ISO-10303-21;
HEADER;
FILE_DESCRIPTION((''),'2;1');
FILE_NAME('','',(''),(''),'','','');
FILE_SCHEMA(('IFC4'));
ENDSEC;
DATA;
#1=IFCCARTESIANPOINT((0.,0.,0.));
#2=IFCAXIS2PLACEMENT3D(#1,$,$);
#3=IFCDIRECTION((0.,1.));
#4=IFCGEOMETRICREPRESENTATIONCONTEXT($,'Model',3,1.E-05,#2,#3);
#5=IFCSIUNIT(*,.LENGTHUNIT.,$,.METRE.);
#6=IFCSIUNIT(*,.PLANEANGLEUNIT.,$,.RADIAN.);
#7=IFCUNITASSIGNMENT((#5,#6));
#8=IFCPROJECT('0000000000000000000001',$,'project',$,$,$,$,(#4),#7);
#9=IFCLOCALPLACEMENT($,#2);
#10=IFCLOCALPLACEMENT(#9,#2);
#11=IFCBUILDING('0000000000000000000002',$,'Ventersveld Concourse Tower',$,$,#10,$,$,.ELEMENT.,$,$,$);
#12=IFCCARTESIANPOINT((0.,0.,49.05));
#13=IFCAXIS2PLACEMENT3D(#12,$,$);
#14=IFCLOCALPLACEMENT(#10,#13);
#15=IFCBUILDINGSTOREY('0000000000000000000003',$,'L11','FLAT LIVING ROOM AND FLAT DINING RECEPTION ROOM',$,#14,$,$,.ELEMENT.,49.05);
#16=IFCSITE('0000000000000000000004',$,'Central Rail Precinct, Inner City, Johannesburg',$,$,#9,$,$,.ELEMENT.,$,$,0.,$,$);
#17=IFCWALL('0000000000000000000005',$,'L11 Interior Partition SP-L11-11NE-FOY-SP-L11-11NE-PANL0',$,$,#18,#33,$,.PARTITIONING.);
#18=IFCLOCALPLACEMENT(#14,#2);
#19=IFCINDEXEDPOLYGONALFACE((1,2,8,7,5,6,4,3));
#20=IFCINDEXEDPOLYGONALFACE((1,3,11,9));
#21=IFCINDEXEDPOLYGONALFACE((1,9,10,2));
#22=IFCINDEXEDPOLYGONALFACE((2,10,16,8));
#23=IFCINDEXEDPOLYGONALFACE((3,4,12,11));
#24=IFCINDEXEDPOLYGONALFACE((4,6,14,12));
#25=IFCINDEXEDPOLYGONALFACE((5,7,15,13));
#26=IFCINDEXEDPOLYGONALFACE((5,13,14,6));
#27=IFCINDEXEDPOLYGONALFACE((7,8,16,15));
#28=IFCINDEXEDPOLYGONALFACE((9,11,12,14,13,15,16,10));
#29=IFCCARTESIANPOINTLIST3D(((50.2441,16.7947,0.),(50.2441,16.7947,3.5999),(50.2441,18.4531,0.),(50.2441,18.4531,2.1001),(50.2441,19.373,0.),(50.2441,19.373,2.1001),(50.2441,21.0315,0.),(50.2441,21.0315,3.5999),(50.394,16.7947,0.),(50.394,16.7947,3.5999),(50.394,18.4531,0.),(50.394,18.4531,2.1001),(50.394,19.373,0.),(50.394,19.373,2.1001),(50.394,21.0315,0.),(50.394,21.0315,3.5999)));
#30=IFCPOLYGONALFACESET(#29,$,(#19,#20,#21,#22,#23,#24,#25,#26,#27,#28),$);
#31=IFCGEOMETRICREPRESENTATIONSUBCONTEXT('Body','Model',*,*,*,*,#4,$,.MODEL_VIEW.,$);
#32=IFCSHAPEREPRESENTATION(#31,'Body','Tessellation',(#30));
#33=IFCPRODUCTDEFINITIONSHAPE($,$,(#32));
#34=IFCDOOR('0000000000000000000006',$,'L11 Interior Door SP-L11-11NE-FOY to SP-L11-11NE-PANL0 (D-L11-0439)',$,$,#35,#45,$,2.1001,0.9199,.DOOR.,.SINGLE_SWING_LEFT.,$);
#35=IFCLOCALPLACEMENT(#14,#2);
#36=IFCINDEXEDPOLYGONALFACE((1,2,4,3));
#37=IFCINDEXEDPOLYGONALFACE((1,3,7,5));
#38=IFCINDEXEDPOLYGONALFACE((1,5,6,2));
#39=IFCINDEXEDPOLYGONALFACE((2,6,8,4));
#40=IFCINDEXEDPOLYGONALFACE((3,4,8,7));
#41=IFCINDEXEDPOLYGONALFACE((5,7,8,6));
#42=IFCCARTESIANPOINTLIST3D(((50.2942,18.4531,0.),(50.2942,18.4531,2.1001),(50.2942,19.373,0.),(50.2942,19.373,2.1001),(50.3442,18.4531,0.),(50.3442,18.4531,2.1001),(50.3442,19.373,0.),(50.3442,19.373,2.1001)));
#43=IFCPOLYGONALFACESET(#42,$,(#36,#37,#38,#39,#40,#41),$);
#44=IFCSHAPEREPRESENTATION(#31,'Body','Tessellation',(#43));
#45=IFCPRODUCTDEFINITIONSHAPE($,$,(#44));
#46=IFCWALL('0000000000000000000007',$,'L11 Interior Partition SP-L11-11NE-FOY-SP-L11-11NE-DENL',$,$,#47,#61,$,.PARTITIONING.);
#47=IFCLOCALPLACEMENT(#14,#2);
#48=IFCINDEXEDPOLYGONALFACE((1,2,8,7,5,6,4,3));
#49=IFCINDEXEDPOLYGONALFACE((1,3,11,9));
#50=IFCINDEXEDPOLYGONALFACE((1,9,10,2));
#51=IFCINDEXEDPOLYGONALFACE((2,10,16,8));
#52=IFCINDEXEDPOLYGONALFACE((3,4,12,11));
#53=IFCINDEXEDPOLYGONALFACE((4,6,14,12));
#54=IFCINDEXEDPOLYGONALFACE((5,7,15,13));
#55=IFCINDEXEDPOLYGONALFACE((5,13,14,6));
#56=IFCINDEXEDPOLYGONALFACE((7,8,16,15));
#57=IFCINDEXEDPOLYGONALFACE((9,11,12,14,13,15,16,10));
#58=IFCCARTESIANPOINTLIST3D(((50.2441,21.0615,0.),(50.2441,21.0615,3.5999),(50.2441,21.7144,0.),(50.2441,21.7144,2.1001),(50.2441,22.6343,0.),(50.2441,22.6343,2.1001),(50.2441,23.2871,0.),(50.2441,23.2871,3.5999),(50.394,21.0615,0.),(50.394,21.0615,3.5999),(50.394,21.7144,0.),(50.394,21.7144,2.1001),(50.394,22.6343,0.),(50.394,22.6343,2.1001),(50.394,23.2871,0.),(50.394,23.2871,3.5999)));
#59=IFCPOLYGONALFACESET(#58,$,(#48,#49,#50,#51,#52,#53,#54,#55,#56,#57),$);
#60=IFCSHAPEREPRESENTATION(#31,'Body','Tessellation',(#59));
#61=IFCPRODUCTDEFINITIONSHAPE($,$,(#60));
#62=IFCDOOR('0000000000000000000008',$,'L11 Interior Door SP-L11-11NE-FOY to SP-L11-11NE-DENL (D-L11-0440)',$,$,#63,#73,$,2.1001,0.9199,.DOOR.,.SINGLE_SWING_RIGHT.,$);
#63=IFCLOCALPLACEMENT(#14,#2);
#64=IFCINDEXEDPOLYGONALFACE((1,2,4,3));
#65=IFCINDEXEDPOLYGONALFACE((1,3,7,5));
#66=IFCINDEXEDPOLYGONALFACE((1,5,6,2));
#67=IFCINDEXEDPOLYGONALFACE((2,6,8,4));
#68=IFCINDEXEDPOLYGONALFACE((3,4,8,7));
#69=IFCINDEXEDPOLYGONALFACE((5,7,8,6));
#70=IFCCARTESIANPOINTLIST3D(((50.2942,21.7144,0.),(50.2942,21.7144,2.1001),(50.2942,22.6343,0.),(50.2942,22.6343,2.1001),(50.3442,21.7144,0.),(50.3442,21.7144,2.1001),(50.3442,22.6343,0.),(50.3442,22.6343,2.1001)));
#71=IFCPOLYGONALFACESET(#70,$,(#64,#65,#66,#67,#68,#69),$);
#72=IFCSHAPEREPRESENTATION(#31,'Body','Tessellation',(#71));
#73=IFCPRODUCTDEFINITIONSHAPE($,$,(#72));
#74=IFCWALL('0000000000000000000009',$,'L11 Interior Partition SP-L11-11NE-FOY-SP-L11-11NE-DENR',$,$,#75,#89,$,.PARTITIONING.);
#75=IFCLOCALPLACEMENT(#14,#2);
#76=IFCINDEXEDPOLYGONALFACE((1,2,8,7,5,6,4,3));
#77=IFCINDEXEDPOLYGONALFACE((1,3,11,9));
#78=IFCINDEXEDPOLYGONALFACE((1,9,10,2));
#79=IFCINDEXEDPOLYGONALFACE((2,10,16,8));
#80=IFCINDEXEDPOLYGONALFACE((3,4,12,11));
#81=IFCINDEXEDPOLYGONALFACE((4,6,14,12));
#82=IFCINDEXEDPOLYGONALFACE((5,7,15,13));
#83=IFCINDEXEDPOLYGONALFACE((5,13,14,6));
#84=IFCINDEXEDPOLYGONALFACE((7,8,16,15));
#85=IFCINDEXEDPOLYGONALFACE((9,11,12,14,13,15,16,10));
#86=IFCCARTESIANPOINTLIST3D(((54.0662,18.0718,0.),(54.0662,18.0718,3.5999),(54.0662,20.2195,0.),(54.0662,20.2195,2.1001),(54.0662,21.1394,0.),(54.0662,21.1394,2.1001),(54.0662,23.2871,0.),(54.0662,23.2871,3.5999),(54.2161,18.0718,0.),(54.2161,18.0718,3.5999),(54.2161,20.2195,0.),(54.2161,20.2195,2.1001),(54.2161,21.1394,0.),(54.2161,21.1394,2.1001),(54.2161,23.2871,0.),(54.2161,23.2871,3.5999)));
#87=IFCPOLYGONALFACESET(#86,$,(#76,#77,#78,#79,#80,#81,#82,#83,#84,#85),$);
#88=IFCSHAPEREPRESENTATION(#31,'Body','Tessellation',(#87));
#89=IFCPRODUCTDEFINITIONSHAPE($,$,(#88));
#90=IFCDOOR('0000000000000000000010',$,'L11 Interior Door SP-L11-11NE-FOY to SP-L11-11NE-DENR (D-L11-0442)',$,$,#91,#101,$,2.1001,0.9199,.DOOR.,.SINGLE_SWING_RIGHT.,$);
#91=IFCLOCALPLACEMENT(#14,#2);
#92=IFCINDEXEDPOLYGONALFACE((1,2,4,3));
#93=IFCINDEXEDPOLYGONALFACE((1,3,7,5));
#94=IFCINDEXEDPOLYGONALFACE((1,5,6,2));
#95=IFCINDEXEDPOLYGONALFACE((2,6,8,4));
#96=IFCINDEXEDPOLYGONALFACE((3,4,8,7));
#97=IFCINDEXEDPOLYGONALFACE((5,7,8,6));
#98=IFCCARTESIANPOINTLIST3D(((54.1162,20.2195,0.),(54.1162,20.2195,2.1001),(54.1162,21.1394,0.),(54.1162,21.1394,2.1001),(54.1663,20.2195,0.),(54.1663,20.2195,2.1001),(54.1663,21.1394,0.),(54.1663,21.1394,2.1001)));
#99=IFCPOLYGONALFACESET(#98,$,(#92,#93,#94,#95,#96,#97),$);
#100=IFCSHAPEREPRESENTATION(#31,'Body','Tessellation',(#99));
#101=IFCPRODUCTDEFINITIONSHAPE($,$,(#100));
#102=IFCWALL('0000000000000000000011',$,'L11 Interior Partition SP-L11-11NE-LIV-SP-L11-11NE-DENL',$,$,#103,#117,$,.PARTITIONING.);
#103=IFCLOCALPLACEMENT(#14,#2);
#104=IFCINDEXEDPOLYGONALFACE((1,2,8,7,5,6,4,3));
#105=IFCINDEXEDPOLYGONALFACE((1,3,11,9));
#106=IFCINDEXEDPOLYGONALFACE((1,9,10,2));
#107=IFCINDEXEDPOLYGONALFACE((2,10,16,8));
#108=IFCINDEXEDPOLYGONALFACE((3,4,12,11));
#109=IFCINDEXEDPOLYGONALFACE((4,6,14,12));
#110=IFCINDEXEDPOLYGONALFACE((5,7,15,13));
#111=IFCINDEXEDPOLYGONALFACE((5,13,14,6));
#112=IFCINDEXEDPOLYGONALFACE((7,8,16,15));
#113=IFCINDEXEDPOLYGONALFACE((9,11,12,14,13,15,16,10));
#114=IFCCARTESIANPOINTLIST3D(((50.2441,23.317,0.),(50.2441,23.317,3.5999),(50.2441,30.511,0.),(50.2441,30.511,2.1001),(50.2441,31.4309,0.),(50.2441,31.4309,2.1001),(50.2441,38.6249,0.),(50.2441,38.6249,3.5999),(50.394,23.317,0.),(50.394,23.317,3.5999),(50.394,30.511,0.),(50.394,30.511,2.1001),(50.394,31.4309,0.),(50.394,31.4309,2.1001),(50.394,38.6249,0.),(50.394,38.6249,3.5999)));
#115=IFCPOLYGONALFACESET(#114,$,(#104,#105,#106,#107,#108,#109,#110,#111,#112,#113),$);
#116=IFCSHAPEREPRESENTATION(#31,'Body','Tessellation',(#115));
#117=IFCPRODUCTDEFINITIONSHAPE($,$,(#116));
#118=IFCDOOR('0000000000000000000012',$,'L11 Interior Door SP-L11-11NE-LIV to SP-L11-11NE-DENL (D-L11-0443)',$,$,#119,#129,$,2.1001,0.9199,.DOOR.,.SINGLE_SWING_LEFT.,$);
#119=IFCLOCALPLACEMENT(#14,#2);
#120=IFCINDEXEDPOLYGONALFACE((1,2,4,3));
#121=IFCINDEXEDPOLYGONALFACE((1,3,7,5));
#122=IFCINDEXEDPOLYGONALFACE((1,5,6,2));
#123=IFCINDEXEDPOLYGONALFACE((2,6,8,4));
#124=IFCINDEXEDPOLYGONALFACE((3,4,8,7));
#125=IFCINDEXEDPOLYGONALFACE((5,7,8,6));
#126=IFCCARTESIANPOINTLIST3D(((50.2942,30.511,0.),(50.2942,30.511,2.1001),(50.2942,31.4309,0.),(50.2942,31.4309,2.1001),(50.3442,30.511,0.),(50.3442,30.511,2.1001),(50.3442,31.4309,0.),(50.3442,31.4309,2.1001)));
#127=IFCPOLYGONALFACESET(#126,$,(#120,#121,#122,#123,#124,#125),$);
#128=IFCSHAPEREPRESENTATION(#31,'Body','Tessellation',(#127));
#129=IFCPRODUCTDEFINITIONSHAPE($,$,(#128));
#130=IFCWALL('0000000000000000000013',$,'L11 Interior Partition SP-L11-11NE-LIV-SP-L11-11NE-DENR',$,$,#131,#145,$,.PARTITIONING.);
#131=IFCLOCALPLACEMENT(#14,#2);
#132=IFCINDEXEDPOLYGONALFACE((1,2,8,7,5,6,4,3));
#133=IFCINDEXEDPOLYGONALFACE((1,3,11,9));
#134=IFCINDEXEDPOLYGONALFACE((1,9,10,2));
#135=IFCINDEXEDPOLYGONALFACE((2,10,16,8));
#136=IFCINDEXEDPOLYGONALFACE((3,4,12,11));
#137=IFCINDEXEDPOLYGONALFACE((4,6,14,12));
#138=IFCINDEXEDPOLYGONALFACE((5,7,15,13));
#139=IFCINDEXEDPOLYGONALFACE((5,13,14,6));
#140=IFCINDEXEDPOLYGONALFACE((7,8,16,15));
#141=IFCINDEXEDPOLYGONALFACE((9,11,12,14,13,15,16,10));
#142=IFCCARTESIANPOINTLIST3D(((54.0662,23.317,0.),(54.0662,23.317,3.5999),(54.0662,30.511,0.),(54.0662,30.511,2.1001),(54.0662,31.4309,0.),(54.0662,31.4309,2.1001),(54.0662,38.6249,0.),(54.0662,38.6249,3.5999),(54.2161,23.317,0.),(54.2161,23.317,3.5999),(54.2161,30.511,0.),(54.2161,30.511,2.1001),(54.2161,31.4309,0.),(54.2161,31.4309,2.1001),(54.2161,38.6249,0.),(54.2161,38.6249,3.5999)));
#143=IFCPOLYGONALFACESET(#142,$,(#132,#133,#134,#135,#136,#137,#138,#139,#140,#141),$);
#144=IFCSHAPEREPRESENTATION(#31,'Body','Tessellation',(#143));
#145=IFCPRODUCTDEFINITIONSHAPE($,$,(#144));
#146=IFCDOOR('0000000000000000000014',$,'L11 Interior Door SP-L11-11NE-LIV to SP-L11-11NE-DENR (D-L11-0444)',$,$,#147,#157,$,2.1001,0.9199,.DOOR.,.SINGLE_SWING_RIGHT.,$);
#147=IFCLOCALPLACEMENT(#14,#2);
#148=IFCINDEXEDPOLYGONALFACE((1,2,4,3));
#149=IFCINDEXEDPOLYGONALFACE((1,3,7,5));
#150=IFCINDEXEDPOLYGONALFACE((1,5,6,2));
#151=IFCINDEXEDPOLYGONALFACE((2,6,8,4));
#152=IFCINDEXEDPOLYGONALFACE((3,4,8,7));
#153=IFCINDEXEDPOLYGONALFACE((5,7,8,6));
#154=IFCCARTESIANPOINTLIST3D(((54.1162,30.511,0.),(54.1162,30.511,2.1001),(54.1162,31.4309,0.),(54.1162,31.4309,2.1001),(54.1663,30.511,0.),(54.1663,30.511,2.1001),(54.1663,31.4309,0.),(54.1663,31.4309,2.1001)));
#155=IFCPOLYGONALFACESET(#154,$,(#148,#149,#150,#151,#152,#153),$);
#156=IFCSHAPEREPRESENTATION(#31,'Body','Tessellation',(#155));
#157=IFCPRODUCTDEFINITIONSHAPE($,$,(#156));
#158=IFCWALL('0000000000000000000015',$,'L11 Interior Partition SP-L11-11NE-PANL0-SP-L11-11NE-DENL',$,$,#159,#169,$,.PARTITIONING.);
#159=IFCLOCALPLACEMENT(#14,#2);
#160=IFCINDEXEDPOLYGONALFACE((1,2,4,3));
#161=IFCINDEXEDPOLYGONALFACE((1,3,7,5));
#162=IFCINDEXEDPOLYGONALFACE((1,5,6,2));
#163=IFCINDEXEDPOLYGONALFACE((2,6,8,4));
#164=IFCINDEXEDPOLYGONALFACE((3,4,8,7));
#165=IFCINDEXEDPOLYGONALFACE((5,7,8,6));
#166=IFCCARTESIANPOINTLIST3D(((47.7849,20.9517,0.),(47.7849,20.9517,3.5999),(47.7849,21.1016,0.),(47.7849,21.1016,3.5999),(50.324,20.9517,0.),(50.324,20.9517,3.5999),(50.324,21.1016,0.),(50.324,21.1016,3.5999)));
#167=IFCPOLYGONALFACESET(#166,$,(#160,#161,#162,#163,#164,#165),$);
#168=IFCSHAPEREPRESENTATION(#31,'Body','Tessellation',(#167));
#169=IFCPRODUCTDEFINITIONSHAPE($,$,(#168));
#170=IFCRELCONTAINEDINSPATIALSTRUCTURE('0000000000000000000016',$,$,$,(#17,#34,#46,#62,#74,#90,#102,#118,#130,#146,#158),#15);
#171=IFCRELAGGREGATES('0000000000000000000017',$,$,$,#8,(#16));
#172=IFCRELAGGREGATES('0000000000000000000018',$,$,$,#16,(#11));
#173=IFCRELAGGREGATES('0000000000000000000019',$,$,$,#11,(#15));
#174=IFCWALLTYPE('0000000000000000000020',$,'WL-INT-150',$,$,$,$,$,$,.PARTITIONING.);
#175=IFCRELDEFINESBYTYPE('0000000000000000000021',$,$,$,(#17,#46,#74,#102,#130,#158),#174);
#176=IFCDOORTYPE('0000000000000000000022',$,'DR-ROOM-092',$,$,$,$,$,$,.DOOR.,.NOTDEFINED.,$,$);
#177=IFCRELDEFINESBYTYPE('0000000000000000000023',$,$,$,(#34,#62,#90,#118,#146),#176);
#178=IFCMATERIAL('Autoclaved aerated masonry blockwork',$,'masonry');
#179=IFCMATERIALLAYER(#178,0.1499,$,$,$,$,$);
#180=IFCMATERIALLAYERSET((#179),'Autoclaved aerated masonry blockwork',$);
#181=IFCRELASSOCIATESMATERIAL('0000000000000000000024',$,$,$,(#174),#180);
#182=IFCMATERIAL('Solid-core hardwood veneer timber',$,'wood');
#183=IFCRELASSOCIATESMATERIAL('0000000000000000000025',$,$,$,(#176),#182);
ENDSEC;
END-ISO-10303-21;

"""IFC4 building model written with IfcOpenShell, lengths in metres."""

from ifc_helpers import new_model, si_unit, direction, frame, frame_2d, origin, place, context, subcontext, project, spatial, rectangle, extrude, material, layer, layer_set, type_object, element, fill, save


model = new_model("IFC4")

# Units and contexts
model_context = context("Model", 3, precision=1e-05, world=origin(), true_north=direction((0.0, 1.0)))
body_context = subcontext(model_context, "Body", "Model", "MODEL_VIEW")
ifc_project = project(units=[si_unit("LENGTHUNIT", "METRE"), si_unit("PLANEANGLEUNIT", "RADIAN")], contexts=[model_context])

# Site, building, storey
site_placement = place(None, origin())
site = spatial("IfcSite", under=ifc_project, at=site_placement, Name="Central Rail Precinct, Inner City, Johannesburg", CompositionType="ELEMENT", RefElevation=0.0)
building_placement = place(site_placement, origin())
building = spatial("IfcBuilding", under=site, at=building_placement, Name="Ventersveld Concourse Tower", CompositionType="ELEMENT")
storey_placement = place(building_placement, frame((0.0, 0.0, 49.05)))
storey = spatial("IfcBuildingStorey", under=building, at=storey_placement, Name="L11", Description="FLAT LIVING ROOM AND FLAT DINING RECEPTION ROOM", CompositionType="ELEMENT", Elevation=49.05)

# Walls, openings, doors
ifc_material_1 = material(Name="Autoclaved aerated masonry blockwork", Category="masonry")
ifc_layer_1 = layer(ifc_material_1, 0.1499)
ifc_layer_set_1 = layer_set([ifc_layer_1], Name="Autoclaved aerated masonry blockwork")
wall_type_1 = type_object("IfcWallType", Name="WL-INT-150", PredefinedType="PARTITIONING", material=ifc_layer_set_1)
ifc_material_2 = material(Name="Solid-core hardwood veneer timber", Category="wood")
door_type = type_object("IfcDoorType", Name="DR-ROOM-092", OperationType="NOTDEFINED", PredefinedType="DOOR", material=ifc_material_2)
wall_1_placement = place(storey_placement, frame((50.3191, 16.7947, 0.0), z_axis=(0.0, 0.0, 1.0), x_axis=(0.0, 1.0, 0.0)))
wall_1 = element("IfcWall", 1, at=wall_1_placement, inside=storey, type_object=wall_type_1, Name="L11 Interior Partition SP-L11-11NE-FOY-SP-L11-11NE-PANL0", PredefinedType="PARTITIONING", context=body_context, shape_type="SweptSolid", body=[
    extrude(rectangle(XDim=4.2368, YDim=0.1499, at=frame_2d((2.1184, 0.0))), origin(), (0.0, 0.0, 1.0), 3.5999),
])
opening_1_placement = place(wall_1_placement, frame((1.6584, 0.0, 0.0)))
opening_1 = element("IfcOpeningElement", 2, at=opening_1_placement, cuts=wall_1, PredefinedType="OPENING", context=body_context, shape_type="SweptSolid", body=[
    extrude(rectangle(XDim=0.9199, YDim=2.1001, at=frame_2d((0.46, 1.05))), frame((0.0, 0.085, 0.0), z_axis=(0.0, -1.0, 0.0), x_axis=(1.0, 0.0, 0.0)), (0.0, 0.0, 1.0), 0.1699),
])
door_1_placement = place(opening_1_placement, origin())
door_1 = element("IfcDoor", 3, at=door_1_placement, inside=storey, type_object=door_type, Name="L11 Interior Door SP-L11-11NE-FOY to SP-L11-11NE-PANL0 (D-L11-0439)", OperationType="SINGLE_SWING_LEFT", OverallHeight=2.1001, OverallWidth=0.9199, PredefinedType="DOOR", context=body_context, shape_type="SweptSolid", body=[
    extrude(rectangle(XDim=0.9199, YDim=2.1001, at=frame_2d((0.46, 1.05))), frame((0.0, 0.0249, 0.0), z_axis=(0.0, -1.0, 0.0), x_axis=(1.0, 0.0, 0.0)), (0.0, 0.0, 1.0), 0.05),
])
fill(opening_1, door_1)
wall_2_placement = place(storey_placement, frame((50.3191, 21.0615, 0.0), z_axis=(0.0, 0.0, 1.0), x_axis=(0.0, 1.0, 0.0)))
wall_2 = element("IfcWall", 4, at=wall_2_placement, inside=storey, type_object=wall_type_1, Name="L11 Interior Partition SP-L11-11NE-FOY-SP-L11-11NE-DENL", PredefinedType="PARTITIONING", context=body_context, shape_type="SweptSolid", body=[
    extrude(rectangle(XDim=2.2256, YDim=0.1499, at=frame_2d((1.1128, 0.0))), origin(), (0.0, 0.0, 1.0), 3.5999),
])
opening_2_placement = place(wall_2_placement, frame((0.6528, 0.0, 0.0)))
opening_2 = element("IfcOpeningElement", 5, at=opening_2_placement, cuts=wall_2, PredefinedType="OPENING", context=body_context, shape_type="SweptSolid", body=[
    extrude(rectangle(XDim=0.9199, YDim=2.1001, at=frame_2d((0.46, 1.05))), frame((0.0, 0.085, 0.0), z_axis=(0.0, -1.0, 0.0), x_axis=(1.0, 0.0, 0.0)), (0.0, 0.0, 1.0), 0.1699),
])
door_2_placement = place(opening_2_placement, origin())
door_2 = element("IfcDoor", 6, at=door_2_placement, inside=storey, type_object=door_type, Name="L11 Interior Door SP-L11-11NE-FOY to SP-L11-11NE-DENL (D-L11-0440)", OperationType="SINGLE_SWING_RIGHT", OverallHeight=2.1001, OverallWidth=0.9199, PredefinedType="DOOR", context=body_context, shape_type="SweptSolid", body=[
    extrude(rectangle(XDim=0.9199, YDim=2.1001, at=frame_2d((0.46, 1.05))), frame((0.0, 0.0249, 0.0), z_axis=(0.0, -1.0, 0.0), x_axis=(1.0, 0.0, 0.0)), (0.0, 0.0, 1.0), 0.05),
])
fill(opening_2, door_2)
wall_3_placement = place(storey_placement, frame((54.1411, 18.0718, 0.0), z_axis=(0.0, 0.0, 1.0), x_axis=(0.0, 1.0, 0.0)))
wall_3 = element("IfcWall", 7, at=wall_3_placement, inside=storey, type_object=wall_type_1, Name="L11 Interior Partition SP-L11-11NE-FOY-SP-L11-11NE-DENR", PredefinedType="PARTITIONING", context=body_context, shape_type="SweptSolid", body=[
    extrude(rectangle(XDim=5.2153, YDim=0.1499, at=frame_2d((2.6077, 0.0))), origin(), (0.0, 0.0, 1.0), 3.5999),
])
opening_3_placement = place(wall_3_placement, frame((2.1477, 0.0, 0.0)))
opening_3 = element("IfcOpeningElement", 8, at=opening_3_placement, cuts=wall_3, PredefinedType="OPENING", context=body_context, shape_type="SweptSolid", body=[
    extrude(rectangle(XDim=0.9199, YDim=2.1001, at=frame_2d((0.46, 1.05))), frame((0.0, 0.085, 0.0), z_axis=(0.0, -1.0, 0.0), x_axis=(1.0, 0.0, 0.0)), (0.0, 0.0, 1.0), 0.1699),
])
door_3_placement = place(opening_3_placement, origin())
door_3 = element("IfcDoor", 9, at=door_3_placement, inside=storey, type_object=door_type, Name="L11 Interior Door SP-L11-11NE-FOY to SP-L11-11NE-DENR (D-L11-0442)", OperationType="SINGLE_SWING_RIGHT", OverallHeight=2.1001, OverallWidth=0.9199, PredefinedType="DOOR", context=body_context, shape_type="SweptSolid", body=[
    extrude(rectangle(XDim=0.9199, YDim=2.1001, at=frame_2d((0.46, 1.05))), frame((0.0, 0.0249, 0.0), z_axis=(0.0, -1.0, 0.0), x_axis=(1.0, 0.0, 0.0)), (0.0, 0.0, 1.0), 0.05),
])
fill(opening_3, door_3)
wall_4_placement = place(storey_placement, frame((50.3191, 23.3171, 0.0), z_axis=(0.0, 0.0, 1.0), x_axis=(0.0, 1.0, 0.0)))
wall_4 = element("IfcWall", 10, at=wall_4_placement, inside=storey, type_object=wall_type_1, Name="L11 Interior Partition SP-L11-11NE-LIV-SP-L11-11NE-DENL", PredefinedType="PARTITIONING", context=body_context, shape_type="SweptSolid", body=[
    extrude(rectangle(XDim=15.3079, YDim=0.1499, at=frame_2d((7.6538, 0.0))), origin(), (0.0, 0.0, 1.0), 3.5999),
])
opening_4_placement = place(wall_4_placement, frame((7.1938, 0.0, 0.0)))
opening_4 = element("IfcOpeningElement", 11, at=opening_4_placement, cuts=wall_4, PredefinedType="OPENING", context=body_context, shape_type="SweptSolid", body=[
    extrude(rectangle(XDim=0.9199, YDim=2.1001, at=frame_2d((0.46, 1.05))), frame((0.0, 0.085, 0.0), z_axis=(0.0, -1.0, 0.0), x_axis=(1.0, 0.0, 0.0)), (0.0, 0.0, 1.0), 0.1699),
])
door_4_placement = place(opening_4_placement, origin())
door_4 = element("IfcDoor", 12, at=door_4_placement, inside=storey, type_object=door_type, Name="L11 Interior Door SP-L11-11NE-LIV to SP-L11-11NE-DENL (D-L11-0443)", OperationType="SINGLE_SWING_LEFT", OverallHeight=2.1001, OverallWidth=0.9199, PredefinedType="DOOR", context=body_context, shape_type="SweptSolid", body=[
    extrude(rectangle(XDim=0.9199, YDim=2.1001, at=frame_2d((0.46, 1.05))), frame((0.0, 0.0249, 0.0), z_axis=(0.0, -1.0, 0.0), x_axis=(1.0, 0.0, 0.0)), (0.0, 0.0, 1.0), 0.05),
])
fill(opening_4, door_4)
wall_5_placement = place(storey_placement, frame((54.1411, 23.3171, 0.0), z_axis=(0.0, 0.0, 1.0), x_axis=(0.0, 1.0, 0.0)))
wall_5 = element("IfcWall", 13, at=wall_5_placement, inside=storey, type_object=wall_type_1, Name="L11 Interior Partition SP-L11-11NE-LIV-SP-L11-11NE-DENR", PredefinedType="PARTITIONING", context=body_context, shape_type="SweptSolid", body=[
    extrude(rectangle(XDim=15.3079, YDim=0.1499, at=frame_2d((7.6538, 0.0))), origin(), (0.0, 0.0, 1.0), 3.5999),
])
opening_5_placement = place(wall_5_placement, frame((7.1938, 0.0, 0.0)))
opening_5 = element("IfcOpeningElement", 14, at=opening_5_placement, cuts=wall_5, PredefinedType="OPENING", context=body_context, shape_type="SweptSolid", body=[
    extrude(rectangle(XDim=0.9199, YDim=2.1001, at=frame_2d((0.46, 1.05))), frame((0.0, 0.085, 0.0), z_axis=(0.0, -1.0, 0.0), x_axis=(1.0, 0.0, 0.0)), (0.0, 0.0, 1.0), 0.1699),
])
door_5_placement = place(opening_5_placement, origin())
door_5 = element("IfcDoor", 15, at=door_5_placement, inside=storey, type_object=door_type, Name="L11 Interior Door SP-L11-11NE-LIV to SP-L11-11NE-DENR (D-L11-0444)", OperationType="SINGLE_SWING_RIGHT", OverallHeight=2.1001, OverallWidth=0.9199, PredefinedType="DOOR", context=body_context, shape_type="SweptSolid", body=[
    extrude(rectangle(XDim=0.9199, YDim=2.1001, at=frame_2d((0.46, 1.05))), frame((0.0, 0.0249, 0.0), z_axis=(0.0, -1.0, 0.0), x_axis=(1.0, 0.0, 0.0)), (0.0, 0.0, 1.0), 0.05),
])
fill(opening_5, door_5)

# Wall
wall_6_placement = place(storey_placement, frame((47.7849, 21.0266, 0.0), z_axis=(0.0, 0.0, 1.0), x_axis=(1.0, 0.0, 0.0)))
element("IfcWall", 16, at=wall_6_placement, inside=storey, type_object=wall_type_1, Name="L11 Interior Partition SP-L11-11NE-PANL0-SP-L11-11NE-DENL", PredefinedType="PARTITIONING", context=body_context, shape_type="SweptSolid", body=[
    extrude(rectangle(XDim=2.5391, YDim=0.1499, at=frame_2d((1.2695, 0.0))), origin(), (0.0, 0.0, 1.0), 3.5999),
])

save(model, "model.ifc")
